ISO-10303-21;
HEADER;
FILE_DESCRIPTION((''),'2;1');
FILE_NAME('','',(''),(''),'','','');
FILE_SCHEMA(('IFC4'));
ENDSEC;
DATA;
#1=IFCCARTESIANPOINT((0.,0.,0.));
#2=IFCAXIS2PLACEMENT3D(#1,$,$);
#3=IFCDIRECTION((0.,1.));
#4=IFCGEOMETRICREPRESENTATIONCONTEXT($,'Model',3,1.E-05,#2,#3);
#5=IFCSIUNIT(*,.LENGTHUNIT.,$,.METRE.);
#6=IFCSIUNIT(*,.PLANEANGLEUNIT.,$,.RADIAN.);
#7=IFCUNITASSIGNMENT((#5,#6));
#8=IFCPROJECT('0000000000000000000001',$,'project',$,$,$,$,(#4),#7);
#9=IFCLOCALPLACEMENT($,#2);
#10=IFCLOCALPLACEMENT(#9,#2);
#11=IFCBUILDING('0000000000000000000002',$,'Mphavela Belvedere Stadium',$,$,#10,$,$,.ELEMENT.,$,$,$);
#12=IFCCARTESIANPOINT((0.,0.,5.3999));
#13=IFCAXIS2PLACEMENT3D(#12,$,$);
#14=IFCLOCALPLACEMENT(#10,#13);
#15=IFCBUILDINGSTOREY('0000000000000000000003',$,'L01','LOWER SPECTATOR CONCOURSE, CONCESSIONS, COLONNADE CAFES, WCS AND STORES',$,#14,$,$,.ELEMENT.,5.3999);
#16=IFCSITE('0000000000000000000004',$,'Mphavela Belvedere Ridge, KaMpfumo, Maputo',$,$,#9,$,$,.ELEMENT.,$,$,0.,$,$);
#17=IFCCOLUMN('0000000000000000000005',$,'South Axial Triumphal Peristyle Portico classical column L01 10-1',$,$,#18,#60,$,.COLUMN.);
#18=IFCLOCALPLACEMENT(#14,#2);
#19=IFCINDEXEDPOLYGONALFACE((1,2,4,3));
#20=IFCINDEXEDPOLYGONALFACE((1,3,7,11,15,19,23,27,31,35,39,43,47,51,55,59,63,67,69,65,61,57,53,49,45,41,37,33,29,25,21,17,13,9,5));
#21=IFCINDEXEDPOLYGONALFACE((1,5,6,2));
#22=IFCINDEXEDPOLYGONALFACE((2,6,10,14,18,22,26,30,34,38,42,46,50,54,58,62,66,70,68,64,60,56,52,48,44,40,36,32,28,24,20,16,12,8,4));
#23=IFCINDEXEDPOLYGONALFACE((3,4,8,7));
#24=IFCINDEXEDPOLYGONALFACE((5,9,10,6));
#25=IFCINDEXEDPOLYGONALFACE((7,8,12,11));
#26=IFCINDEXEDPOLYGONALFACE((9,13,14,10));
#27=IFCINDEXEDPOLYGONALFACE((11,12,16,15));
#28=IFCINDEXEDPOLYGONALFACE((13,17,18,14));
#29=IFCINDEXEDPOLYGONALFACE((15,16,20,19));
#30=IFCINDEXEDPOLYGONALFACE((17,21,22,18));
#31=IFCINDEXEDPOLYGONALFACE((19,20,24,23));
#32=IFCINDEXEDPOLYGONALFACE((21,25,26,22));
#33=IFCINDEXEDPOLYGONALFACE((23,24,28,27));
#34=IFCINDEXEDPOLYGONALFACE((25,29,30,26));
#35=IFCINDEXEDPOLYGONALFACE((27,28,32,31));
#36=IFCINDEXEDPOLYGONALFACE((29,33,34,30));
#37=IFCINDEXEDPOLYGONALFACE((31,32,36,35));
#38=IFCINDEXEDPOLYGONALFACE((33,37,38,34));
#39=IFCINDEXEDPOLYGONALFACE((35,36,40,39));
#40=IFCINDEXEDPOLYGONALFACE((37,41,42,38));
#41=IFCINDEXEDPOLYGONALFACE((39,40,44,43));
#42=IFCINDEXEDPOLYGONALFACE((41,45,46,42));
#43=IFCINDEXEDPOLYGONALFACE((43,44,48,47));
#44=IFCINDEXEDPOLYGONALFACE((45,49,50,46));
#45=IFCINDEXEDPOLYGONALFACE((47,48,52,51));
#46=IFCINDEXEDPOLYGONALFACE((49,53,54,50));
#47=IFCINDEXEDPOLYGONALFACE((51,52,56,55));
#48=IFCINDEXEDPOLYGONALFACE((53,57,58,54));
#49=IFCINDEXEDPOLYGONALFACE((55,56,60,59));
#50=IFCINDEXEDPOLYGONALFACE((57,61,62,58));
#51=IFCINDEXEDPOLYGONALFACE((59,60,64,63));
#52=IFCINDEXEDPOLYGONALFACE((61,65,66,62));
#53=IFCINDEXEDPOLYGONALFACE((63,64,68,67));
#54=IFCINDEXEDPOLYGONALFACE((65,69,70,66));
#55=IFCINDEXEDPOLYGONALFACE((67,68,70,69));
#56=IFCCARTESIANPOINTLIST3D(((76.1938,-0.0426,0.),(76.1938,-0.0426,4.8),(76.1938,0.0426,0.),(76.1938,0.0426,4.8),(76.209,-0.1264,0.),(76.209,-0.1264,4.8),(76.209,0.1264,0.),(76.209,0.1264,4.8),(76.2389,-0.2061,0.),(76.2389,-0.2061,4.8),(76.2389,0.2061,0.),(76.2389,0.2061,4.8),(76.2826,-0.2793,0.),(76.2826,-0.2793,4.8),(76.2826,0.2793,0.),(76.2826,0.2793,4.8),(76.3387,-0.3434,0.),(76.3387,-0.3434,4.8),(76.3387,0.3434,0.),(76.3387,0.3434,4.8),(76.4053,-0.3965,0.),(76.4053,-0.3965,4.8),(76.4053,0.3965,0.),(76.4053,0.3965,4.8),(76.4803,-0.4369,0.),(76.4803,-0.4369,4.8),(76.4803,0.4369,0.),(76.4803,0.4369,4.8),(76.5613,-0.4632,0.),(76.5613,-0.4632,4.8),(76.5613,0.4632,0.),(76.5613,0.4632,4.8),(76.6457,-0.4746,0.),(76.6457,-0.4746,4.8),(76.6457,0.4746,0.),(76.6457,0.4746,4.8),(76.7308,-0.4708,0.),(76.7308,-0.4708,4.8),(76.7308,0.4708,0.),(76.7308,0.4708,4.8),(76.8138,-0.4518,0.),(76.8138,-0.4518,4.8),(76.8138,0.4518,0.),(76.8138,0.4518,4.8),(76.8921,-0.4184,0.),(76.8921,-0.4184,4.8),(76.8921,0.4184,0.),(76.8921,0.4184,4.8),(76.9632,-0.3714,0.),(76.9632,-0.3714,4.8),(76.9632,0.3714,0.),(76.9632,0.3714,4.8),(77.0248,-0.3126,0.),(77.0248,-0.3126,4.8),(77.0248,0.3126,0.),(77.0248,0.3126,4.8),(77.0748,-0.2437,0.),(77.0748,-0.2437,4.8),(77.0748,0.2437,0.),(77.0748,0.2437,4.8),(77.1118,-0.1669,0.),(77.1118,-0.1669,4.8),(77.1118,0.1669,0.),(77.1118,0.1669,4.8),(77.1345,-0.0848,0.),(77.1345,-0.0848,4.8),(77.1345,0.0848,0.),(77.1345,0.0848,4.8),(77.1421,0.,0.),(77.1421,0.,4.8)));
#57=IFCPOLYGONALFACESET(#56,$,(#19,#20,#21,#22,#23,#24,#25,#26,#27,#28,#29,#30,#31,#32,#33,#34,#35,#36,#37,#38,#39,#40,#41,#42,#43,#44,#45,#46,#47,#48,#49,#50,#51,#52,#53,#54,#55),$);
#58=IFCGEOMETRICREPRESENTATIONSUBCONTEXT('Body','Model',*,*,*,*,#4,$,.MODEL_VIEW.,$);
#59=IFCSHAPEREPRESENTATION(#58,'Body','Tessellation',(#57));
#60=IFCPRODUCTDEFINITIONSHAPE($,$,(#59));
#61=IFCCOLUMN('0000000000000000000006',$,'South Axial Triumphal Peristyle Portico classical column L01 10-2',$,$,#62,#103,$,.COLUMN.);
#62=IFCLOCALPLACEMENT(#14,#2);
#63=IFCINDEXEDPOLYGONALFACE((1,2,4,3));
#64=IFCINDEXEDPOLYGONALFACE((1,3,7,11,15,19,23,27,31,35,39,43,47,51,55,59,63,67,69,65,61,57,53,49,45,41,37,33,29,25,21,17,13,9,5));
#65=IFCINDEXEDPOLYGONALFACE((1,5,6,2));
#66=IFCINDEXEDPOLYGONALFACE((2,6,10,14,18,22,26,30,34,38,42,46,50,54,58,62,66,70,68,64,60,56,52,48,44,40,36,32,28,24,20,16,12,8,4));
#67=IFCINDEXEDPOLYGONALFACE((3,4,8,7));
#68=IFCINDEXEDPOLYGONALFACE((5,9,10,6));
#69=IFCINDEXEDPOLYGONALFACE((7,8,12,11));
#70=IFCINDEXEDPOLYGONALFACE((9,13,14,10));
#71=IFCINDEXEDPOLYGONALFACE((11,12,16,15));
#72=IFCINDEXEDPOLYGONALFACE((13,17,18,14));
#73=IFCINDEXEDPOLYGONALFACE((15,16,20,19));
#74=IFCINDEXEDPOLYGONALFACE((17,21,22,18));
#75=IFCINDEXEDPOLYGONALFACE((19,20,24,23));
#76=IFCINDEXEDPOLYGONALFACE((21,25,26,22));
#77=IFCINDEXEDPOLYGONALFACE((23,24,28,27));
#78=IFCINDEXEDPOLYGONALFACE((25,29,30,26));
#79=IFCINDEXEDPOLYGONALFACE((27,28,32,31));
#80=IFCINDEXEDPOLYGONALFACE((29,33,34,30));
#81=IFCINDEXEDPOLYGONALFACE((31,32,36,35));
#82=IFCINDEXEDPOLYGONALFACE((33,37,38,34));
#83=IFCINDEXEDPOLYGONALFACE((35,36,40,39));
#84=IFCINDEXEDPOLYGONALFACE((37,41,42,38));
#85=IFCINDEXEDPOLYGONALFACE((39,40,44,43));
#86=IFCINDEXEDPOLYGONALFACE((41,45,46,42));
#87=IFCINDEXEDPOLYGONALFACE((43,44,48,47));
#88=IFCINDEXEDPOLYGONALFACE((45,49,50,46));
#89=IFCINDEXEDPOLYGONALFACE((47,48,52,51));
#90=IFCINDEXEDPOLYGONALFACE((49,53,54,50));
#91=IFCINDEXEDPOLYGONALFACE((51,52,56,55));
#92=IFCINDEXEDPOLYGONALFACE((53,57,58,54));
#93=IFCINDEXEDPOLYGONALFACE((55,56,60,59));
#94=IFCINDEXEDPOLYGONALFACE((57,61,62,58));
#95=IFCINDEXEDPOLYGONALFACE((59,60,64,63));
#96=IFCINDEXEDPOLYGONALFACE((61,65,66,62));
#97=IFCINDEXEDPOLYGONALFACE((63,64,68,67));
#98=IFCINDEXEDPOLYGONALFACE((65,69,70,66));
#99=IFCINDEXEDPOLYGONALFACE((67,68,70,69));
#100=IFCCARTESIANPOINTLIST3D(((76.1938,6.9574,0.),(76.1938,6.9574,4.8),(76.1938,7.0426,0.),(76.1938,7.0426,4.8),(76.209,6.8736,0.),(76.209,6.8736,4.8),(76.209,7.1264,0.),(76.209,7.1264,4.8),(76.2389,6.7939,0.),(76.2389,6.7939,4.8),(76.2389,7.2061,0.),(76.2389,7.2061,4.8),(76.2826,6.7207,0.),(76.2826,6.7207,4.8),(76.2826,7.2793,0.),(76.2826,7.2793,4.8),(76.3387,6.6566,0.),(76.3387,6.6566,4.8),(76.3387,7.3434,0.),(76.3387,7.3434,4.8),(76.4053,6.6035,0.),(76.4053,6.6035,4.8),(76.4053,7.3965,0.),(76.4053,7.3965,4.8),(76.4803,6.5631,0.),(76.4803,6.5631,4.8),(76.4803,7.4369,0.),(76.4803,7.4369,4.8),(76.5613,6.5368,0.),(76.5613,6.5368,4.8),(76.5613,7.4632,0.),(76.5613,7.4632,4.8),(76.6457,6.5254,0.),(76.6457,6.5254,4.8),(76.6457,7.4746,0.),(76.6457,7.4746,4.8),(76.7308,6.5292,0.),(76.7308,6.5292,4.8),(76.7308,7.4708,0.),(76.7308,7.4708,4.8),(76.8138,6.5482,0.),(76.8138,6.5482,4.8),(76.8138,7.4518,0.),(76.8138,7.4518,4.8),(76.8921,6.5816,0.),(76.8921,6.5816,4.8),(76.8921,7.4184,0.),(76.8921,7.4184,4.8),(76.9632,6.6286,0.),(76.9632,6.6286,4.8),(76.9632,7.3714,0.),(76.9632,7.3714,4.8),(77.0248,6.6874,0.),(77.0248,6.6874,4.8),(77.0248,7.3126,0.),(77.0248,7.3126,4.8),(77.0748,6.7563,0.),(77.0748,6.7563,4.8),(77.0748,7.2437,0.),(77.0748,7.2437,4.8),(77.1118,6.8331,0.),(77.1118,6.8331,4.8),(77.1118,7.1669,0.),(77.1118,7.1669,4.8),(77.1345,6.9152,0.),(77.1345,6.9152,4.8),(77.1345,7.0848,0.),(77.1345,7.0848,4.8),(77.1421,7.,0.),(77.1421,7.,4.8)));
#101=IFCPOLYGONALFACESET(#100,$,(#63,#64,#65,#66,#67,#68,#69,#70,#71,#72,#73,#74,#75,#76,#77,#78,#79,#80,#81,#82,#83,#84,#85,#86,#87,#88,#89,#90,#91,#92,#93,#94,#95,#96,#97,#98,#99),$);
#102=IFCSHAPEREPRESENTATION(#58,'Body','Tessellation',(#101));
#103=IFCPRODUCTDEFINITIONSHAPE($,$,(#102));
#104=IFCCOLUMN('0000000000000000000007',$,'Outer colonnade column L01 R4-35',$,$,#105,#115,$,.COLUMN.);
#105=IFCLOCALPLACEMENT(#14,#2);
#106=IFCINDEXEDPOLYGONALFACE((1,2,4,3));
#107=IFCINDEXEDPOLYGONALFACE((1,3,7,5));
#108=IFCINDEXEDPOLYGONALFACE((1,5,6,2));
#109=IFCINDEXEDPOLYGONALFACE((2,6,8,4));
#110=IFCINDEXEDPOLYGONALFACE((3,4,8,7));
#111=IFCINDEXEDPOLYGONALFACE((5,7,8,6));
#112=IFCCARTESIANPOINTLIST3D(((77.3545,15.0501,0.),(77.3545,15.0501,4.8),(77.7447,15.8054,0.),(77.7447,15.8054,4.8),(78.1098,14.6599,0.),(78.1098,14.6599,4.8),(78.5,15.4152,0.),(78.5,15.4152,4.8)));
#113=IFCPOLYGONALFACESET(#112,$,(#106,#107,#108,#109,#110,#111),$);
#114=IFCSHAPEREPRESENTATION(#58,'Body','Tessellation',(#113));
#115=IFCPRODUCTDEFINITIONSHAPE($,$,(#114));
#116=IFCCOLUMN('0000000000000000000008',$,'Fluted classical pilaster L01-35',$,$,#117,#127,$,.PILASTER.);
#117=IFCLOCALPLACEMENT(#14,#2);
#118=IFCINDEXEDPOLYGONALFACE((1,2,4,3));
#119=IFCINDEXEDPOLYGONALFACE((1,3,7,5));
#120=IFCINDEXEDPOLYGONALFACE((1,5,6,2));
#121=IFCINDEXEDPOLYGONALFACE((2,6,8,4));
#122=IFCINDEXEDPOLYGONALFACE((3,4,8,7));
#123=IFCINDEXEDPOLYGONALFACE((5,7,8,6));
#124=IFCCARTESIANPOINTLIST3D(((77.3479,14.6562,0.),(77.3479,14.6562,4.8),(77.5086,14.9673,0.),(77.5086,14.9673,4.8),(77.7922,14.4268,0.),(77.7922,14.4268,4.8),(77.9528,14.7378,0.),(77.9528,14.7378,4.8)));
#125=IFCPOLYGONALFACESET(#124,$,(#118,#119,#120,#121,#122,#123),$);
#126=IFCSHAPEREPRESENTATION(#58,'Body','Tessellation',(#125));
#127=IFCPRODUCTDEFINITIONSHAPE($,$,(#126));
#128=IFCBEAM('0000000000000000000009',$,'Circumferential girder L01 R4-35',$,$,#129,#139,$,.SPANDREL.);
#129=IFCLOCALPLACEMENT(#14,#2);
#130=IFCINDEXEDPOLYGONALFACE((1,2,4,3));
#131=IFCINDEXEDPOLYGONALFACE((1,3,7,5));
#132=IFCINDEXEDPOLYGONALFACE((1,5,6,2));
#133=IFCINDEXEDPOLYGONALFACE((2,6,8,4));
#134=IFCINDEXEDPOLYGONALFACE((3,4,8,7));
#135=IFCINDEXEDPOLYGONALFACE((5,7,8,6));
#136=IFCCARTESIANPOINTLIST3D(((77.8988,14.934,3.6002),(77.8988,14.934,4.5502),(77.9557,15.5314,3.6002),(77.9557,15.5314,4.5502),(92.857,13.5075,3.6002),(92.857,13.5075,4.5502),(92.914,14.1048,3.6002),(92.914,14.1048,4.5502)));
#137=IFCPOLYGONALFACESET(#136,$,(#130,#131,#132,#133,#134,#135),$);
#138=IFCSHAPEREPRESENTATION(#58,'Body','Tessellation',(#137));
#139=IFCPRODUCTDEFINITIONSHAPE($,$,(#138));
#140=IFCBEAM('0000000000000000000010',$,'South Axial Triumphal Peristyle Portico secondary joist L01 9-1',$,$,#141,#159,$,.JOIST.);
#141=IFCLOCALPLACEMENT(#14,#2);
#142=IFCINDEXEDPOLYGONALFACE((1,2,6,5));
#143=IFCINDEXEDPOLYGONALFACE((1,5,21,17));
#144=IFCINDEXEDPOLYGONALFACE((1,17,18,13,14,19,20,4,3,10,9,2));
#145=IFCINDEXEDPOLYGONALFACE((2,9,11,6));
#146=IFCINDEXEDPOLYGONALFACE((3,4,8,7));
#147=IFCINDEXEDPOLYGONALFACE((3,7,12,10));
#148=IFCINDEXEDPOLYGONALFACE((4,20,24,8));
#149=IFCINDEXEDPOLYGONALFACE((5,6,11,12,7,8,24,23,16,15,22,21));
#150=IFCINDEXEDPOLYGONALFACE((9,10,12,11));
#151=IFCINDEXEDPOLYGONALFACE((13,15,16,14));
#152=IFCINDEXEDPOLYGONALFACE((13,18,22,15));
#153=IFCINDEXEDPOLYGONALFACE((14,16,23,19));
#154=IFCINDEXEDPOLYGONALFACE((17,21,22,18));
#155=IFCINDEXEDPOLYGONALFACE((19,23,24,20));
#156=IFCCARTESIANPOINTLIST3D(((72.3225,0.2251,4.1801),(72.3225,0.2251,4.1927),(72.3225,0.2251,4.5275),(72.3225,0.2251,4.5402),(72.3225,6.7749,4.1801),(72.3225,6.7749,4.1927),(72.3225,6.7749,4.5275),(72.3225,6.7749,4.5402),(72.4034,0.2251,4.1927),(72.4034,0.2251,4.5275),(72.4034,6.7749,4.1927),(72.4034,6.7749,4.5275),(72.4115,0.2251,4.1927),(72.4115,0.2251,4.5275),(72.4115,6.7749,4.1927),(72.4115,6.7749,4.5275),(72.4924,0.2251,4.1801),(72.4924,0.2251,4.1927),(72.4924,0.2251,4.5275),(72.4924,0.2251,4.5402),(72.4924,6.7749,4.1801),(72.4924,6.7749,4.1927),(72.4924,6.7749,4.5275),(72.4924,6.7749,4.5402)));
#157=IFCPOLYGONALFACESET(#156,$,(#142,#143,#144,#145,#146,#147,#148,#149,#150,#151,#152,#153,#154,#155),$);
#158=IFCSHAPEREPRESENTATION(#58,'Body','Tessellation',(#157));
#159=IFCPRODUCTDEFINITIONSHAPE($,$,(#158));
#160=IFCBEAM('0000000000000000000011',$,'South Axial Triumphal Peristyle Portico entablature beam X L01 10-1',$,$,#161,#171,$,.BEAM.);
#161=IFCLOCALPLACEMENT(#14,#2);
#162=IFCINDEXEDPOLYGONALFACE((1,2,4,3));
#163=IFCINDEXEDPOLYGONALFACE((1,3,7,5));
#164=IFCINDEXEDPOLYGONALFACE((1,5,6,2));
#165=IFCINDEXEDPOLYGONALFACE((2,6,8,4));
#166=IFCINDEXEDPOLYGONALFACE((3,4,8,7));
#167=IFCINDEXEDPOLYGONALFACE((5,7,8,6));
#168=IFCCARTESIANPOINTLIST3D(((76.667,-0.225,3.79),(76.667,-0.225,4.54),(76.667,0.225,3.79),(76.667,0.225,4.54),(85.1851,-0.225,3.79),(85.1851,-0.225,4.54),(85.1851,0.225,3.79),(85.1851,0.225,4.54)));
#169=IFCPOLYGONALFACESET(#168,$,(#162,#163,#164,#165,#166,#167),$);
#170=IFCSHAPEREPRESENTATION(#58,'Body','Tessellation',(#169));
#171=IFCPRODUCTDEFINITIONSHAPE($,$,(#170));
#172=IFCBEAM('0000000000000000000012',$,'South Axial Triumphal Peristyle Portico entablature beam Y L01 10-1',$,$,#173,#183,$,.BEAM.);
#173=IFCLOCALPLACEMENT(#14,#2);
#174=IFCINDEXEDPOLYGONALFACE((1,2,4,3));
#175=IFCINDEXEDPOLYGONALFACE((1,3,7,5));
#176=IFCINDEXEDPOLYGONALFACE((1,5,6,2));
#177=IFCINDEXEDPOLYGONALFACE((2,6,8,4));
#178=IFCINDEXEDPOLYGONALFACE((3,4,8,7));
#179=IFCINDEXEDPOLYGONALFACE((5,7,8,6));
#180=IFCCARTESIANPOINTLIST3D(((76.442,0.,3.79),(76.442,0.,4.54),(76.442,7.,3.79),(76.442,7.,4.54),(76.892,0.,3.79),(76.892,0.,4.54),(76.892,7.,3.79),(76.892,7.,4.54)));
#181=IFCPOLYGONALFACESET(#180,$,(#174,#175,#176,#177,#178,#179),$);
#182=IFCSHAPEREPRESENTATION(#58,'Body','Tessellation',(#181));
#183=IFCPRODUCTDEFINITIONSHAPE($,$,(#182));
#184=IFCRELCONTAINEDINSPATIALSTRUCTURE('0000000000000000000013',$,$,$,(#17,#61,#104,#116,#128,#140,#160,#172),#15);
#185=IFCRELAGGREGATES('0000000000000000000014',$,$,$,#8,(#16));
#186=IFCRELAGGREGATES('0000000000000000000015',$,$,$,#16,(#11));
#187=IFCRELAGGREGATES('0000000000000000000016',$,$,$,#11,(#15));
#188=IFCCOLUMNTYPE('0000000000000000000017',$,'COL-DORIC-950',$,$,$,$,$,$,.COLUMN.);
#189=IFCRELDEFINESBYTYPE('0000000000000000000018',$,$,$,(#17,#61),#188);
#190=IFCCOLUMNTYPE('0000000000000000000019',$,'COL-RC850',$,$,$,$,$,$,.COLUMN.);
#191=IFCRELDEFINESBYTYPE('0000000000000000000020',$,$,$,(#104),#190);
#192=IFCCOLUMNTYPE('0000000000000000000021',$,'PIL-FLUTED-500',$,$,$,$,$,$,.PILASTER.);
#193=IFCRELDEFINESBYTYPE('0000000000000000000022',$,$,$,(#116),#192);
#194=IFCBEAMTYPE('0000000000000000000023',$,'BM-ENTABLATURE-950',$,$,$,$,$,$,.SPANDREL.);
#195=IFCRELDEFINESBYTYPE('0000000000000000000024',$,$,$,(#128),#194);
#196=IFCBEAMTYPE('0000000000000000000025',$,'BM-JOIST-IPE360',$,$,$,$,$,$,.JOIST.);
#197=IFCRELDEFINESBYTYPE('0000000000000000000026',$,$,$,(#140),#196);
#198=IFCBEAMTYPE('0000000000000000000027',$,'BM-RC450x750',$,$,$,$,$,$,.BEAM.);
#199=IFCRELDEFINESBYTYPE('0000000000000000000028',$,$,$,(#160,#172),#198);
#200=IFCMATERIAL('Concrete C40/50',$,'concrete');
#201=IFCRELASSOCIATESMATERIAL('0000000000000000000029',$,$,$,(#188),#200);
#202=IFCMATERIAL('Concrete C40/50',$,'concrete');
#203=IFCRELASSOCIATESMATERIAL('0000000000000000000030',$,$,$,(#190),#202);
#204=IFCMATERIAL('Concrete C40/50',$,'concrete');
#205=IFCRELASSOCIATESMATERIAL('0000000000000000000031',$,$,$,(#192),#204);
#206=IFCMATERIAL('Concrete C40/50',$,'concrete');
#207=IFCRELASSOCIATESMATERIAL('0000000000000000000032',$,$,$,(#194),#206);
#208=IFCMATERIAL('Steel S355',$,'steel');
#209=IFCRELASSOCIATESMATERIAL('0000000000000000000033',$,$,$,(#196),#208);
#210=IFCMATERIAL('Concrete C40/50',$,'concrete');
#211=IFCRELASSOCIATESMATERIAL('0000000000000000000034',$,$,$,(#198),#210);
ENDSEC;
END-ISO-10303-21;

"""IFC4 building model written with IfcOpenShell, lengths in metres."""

from ifc_helpers import new_model, si_unit, direction, frame, origin, origin_2d, place, context, subcontext, project, spatial, rectangle, circle, i_section, extrude, material, material_profile, profile_set, type_object, element, save


model = new_model("IFC4")

# Units and contexts
model_context = context("Model", 3, precision=1e-05, world=origin(), true_north=direction((0.0, 1.0)))
body_context = subcontext(model_context, "Body", "Model", "MODEL_VIEW")
ifc_project = project(units=[si_unit("LENGTHUNIT", "METRE"), si_unit("PLANEANGLEUNIT", "RADIAN")], contexts=[model_context])

# Site, building, storey
site_placement = place(None, origin())
site = spatial("IfcSite", under=ifc_project, at=site_placement, Name="Mphavela Belvedere Ridge, KaMpfumo, Maputo", CompositionType="ELEMENT", RefElevation=0.0)
building_placement = place(site_placement, origin())
building = spatial("IfcBuilding", under=site, at=building_placement, Name="Mphavela Belvedere Stadium", CompositionType="ELEMENT")
storey_placement = place(building_placement, frame((0.0, 0.0, 5.3999)))
storey = spatial("IfcBuildingStorey", under=building, at=storey_placement, Name="L01", Description="LOWER SPECTATOR CONCOURSE, CONCESSIONS, COLONNADE CAFES, WCS AND STORES", CompositionType="ELEMENT", Elevation=5.3999)

# Columns
ifc_material_1 = material(Name="Concrete C40/50", Category="concrete")
ifc_material_profile_1 = material_profile(ifc_material_1, circle(Radius=0.4751, at=origin_2d()), Name="COL D950")
ifc_profile_set_1 = profile_set([ifc_material_profile_1], Name="Concrete C40/50")
column_type_1 = type_object("IfcColumnType", Name="COL-DORIC-950", PredefinedType="COLUMN", material=ifc_profile_set_1)
for number, where, z_axis, x_axis, name in (
    (1, (76.667, 0.0, 0.0), (0.0, 0.0, 1.0), (1.0, 0.0, 0.0), "South Axial Triumphal Peristyle Portico classical column L01 10-1"),
    (2, (76.667, 7.0, 0.0), (0.0, 0.0, 1.0), (1.0, 0.0, 0.0), "South Axial Triumphal Peristyle Portico classical column L01 10-2"),
):
    element("IfcColumn", number, at=place(storey_placement, frame(where, z_axis=z_axis, x_axis=x_axis)), inside=storey, type_object=column_type_1, Name=name, PredefinedType="COLUMN", context=body_context, shape_type="SweptSolid", body=[
        extrude(circle(Radius=0.4751, at=origin_2d()), origin(), (0.0, 0.0, 1.0), 4.8),
    ])
ifc_material_2 = material(Name="Concrete C40/50", Category="concrete")
ifc_material_profile_2 = material_profile(ifc_material_2, rectangle(XDim=0.8501, YDim=0.8501, at=origin_2d()), Name="RC 850x850")
ifc_profile_set_2 = profile_set([ifc_material_profile_2], Name="Concrete C40/50")
column_type_2 = type_object("IfcColumnType", Name="COL-RC850", PredefinedType="COLUMN", material=ifc_profile_set_2)
column_1_placement = place(storey_placement, frame((77.9272, 15.2327, 0.0), z_axis=(0.0, 0.0, 1.0), x_axis=(-0.45896, -0.888457, 0.0)))
element("IfcColumn", 3, at=column_1_placement, inside=storey, type_object=column_type_2, Name="Outer colonnade column L01 R4-35", PredefinedType="COLUMN", context=body_context, shape_type="SweptSolid", body=[
    extrude(rectangle(XDim=0.8501, YDim=0.8501, at=origin_2d()), origin(), (0.0, 0.0, 1.0), 4.8),
])
ifc_material_3 = material(Name="Concrete C40/50", Category="concrete")
ifc_material_profile_3 = material_profile(ifc_material_3, rectangle(XDim=0.5, YDim=0.3501, at=origin_2d()), Name="PIL 500x350")
ifc_profile_set_3 = profile_set([ifc_material_profile_3], Name="Concrete C40/50")
column_type_3 = type_object("IfcColumnType", Name="PIL-FLUTED-500", PredefinedType="PILASTER", material=ifc_profile_set_3)
column_2_placement = place(storey_placement, frame((77.6504, 14.697, 0.0), z_axis=(0.0, 0.0, 1.0), x_axis=(0.888457, -0.45896, 0.0)))
element("IfcColumn", 4, at=column_2_placement, inside=storey, type_object=column_type_3, Name="Fluted classical pilaster L01-35", PredefinedType="PILASTER", context=body_context, shape_type="SweptSolid", body=[
    extrude(rectangle(XDim=0.5, YDim=0.3501, at=origin_2d()), origin(), (0.0, 0.0, 1.0), 4.8),
])

# Beams
ifc_material_4 = material(Name="Concrete C40/50", Category="concrete")
ifc_material_profile_4 = material_profile(ifc_material_4, rectangle(XDim=0.6001, YDim=0.95, at=origin_2d()), Name="RC 600x950")
ifc_profile_set_4 = profile_set([ifc_material_profile_4], Name="Concrete C40/50")
beam_type_1 = type_object("IfcBeamType", Name="BM-ENTABLATURE-950", PredefinedType="SPANDREL", material=ifc_profile_set_4)
beam_1_placement = place(storey_placement, frame((77.9272, 15.2327, 4.0752), z_axis=(0.995483, -0.094936, 0.0), x_axis=(0.094936, 0.995483, 0.0)))
element("IfcBeam", 5, at=beam_1_placement, inside=storey, type_object=beam_type_1, Name="Circumferential girder L01 R4-35", PredefinedType="SPANDREL", context=body_context, shape_type="SweptSolid", body=[
    extrude(rectangle(XDim=0.6001, YDim=0.95, at=origin_2d()), origin(), (0.0, 0.0, 1.0), 15.0261),
])
ifc_material_5 = material(Name="Steel S355", Category="steel")
ifc_material_profile_5 = material_profile(ifc_material_5, i_section(OverallWidth=0.1699, OverallDepth=0.3601, WebThickness=0.0081, FlangeThickness=0.0127, at=origin_2d()), Name="IPE 360")
ifc_profile_set_5 = profile_set([ifc_material_profile_5], Name="Steel S355")
beam_type_2 = type_object("IfcBeamType", Name="BM-JOIST-IPE360", PredefinedType="JOIST", material=ifc_profile_set_5)
beam_2_placement = place(storey_placement, frame((72.4075, 0.2251, 4.3601), z_axis=(0.0, 1.0, 0.0), x_axis=(-1.0, 0.0, 0.0)))
element("IfcBeam", 6, at=beam_2_placement, inside=storey, type_object=beam_type_2, Name="South Axial Triumphal Peristyle Portico secondary joist L01 9-1", PredefinedType="JOIST", context=body_context, shape_type="SweptSolid", body=[
    extrude(i_section(OverallWidth=0.1699, OverallDepth=0.3601, WebThickness=0.0081, FlangeThickness=0.0127, at=origin_2d()), origin(), (0.0, 0.0, 1.0), 6.5498),
])
ifc_material_6 = material(Name="Concrete C40/50", Category="concrete")
ifc_material_profile_6 = material_profile(ifc_material_6, rectangle(XDim=0.45, YDim=0.75, at=origin_2d()), Name="RC 450x750")
ifc_profile_set_6 = profile_set([ifc_material_profile_6], Name="Concrete C40/50")
beam_type_3 = type_object("IfcBeamType", Name="BM-RC450x750", PredefinedType="BEAM", material=ifc_profile_set_6)
beam_3_placement = place(storey_placement, frame((76.667, 0.0, 4.165), z_axis=(1.0, 0.0, 0.0), x_axis=(0.0, 1.0, 0.0)))
element("IfcBeam", 7, at=beam_3_placement, inside=storey, type_object=beam_type_3, Name="South Axial Triumphal Peristyle Portico entablature beam X L01 10-1", PredefinedType="BEAM", context=body_context, shape_type="SweptSolid", body=[
    extrude(rectangle(XDim=0.45, YDim=0.75, at=origin_2d()), origin(), (0.0, 0.0, 1.0), 8.5181),
])
beam_4_placement = place(storey_placement, frame((76.667, 0.0, 4.165), z_axis=(0.0, 1.0, 0.0), x_axis=(-1.0, 0.0, 0.0)))
element("IfcBeam", 8, at=beam_4_placement, inside=storey, type_object=beam_type_3, Name="South Axial Triumphal Peristyle Portico entablature beam Y L01 10-1", PredefinedType="BEAM", context=body_context, shape_type="SweptSolid", body=[
    extrude(rectangle(XDim=0.45, YDim=0.75, at=origin_2d()), origin(), (0.0, 0.0, 1.0), 7.0),
])

save(model, "model.ifc")
